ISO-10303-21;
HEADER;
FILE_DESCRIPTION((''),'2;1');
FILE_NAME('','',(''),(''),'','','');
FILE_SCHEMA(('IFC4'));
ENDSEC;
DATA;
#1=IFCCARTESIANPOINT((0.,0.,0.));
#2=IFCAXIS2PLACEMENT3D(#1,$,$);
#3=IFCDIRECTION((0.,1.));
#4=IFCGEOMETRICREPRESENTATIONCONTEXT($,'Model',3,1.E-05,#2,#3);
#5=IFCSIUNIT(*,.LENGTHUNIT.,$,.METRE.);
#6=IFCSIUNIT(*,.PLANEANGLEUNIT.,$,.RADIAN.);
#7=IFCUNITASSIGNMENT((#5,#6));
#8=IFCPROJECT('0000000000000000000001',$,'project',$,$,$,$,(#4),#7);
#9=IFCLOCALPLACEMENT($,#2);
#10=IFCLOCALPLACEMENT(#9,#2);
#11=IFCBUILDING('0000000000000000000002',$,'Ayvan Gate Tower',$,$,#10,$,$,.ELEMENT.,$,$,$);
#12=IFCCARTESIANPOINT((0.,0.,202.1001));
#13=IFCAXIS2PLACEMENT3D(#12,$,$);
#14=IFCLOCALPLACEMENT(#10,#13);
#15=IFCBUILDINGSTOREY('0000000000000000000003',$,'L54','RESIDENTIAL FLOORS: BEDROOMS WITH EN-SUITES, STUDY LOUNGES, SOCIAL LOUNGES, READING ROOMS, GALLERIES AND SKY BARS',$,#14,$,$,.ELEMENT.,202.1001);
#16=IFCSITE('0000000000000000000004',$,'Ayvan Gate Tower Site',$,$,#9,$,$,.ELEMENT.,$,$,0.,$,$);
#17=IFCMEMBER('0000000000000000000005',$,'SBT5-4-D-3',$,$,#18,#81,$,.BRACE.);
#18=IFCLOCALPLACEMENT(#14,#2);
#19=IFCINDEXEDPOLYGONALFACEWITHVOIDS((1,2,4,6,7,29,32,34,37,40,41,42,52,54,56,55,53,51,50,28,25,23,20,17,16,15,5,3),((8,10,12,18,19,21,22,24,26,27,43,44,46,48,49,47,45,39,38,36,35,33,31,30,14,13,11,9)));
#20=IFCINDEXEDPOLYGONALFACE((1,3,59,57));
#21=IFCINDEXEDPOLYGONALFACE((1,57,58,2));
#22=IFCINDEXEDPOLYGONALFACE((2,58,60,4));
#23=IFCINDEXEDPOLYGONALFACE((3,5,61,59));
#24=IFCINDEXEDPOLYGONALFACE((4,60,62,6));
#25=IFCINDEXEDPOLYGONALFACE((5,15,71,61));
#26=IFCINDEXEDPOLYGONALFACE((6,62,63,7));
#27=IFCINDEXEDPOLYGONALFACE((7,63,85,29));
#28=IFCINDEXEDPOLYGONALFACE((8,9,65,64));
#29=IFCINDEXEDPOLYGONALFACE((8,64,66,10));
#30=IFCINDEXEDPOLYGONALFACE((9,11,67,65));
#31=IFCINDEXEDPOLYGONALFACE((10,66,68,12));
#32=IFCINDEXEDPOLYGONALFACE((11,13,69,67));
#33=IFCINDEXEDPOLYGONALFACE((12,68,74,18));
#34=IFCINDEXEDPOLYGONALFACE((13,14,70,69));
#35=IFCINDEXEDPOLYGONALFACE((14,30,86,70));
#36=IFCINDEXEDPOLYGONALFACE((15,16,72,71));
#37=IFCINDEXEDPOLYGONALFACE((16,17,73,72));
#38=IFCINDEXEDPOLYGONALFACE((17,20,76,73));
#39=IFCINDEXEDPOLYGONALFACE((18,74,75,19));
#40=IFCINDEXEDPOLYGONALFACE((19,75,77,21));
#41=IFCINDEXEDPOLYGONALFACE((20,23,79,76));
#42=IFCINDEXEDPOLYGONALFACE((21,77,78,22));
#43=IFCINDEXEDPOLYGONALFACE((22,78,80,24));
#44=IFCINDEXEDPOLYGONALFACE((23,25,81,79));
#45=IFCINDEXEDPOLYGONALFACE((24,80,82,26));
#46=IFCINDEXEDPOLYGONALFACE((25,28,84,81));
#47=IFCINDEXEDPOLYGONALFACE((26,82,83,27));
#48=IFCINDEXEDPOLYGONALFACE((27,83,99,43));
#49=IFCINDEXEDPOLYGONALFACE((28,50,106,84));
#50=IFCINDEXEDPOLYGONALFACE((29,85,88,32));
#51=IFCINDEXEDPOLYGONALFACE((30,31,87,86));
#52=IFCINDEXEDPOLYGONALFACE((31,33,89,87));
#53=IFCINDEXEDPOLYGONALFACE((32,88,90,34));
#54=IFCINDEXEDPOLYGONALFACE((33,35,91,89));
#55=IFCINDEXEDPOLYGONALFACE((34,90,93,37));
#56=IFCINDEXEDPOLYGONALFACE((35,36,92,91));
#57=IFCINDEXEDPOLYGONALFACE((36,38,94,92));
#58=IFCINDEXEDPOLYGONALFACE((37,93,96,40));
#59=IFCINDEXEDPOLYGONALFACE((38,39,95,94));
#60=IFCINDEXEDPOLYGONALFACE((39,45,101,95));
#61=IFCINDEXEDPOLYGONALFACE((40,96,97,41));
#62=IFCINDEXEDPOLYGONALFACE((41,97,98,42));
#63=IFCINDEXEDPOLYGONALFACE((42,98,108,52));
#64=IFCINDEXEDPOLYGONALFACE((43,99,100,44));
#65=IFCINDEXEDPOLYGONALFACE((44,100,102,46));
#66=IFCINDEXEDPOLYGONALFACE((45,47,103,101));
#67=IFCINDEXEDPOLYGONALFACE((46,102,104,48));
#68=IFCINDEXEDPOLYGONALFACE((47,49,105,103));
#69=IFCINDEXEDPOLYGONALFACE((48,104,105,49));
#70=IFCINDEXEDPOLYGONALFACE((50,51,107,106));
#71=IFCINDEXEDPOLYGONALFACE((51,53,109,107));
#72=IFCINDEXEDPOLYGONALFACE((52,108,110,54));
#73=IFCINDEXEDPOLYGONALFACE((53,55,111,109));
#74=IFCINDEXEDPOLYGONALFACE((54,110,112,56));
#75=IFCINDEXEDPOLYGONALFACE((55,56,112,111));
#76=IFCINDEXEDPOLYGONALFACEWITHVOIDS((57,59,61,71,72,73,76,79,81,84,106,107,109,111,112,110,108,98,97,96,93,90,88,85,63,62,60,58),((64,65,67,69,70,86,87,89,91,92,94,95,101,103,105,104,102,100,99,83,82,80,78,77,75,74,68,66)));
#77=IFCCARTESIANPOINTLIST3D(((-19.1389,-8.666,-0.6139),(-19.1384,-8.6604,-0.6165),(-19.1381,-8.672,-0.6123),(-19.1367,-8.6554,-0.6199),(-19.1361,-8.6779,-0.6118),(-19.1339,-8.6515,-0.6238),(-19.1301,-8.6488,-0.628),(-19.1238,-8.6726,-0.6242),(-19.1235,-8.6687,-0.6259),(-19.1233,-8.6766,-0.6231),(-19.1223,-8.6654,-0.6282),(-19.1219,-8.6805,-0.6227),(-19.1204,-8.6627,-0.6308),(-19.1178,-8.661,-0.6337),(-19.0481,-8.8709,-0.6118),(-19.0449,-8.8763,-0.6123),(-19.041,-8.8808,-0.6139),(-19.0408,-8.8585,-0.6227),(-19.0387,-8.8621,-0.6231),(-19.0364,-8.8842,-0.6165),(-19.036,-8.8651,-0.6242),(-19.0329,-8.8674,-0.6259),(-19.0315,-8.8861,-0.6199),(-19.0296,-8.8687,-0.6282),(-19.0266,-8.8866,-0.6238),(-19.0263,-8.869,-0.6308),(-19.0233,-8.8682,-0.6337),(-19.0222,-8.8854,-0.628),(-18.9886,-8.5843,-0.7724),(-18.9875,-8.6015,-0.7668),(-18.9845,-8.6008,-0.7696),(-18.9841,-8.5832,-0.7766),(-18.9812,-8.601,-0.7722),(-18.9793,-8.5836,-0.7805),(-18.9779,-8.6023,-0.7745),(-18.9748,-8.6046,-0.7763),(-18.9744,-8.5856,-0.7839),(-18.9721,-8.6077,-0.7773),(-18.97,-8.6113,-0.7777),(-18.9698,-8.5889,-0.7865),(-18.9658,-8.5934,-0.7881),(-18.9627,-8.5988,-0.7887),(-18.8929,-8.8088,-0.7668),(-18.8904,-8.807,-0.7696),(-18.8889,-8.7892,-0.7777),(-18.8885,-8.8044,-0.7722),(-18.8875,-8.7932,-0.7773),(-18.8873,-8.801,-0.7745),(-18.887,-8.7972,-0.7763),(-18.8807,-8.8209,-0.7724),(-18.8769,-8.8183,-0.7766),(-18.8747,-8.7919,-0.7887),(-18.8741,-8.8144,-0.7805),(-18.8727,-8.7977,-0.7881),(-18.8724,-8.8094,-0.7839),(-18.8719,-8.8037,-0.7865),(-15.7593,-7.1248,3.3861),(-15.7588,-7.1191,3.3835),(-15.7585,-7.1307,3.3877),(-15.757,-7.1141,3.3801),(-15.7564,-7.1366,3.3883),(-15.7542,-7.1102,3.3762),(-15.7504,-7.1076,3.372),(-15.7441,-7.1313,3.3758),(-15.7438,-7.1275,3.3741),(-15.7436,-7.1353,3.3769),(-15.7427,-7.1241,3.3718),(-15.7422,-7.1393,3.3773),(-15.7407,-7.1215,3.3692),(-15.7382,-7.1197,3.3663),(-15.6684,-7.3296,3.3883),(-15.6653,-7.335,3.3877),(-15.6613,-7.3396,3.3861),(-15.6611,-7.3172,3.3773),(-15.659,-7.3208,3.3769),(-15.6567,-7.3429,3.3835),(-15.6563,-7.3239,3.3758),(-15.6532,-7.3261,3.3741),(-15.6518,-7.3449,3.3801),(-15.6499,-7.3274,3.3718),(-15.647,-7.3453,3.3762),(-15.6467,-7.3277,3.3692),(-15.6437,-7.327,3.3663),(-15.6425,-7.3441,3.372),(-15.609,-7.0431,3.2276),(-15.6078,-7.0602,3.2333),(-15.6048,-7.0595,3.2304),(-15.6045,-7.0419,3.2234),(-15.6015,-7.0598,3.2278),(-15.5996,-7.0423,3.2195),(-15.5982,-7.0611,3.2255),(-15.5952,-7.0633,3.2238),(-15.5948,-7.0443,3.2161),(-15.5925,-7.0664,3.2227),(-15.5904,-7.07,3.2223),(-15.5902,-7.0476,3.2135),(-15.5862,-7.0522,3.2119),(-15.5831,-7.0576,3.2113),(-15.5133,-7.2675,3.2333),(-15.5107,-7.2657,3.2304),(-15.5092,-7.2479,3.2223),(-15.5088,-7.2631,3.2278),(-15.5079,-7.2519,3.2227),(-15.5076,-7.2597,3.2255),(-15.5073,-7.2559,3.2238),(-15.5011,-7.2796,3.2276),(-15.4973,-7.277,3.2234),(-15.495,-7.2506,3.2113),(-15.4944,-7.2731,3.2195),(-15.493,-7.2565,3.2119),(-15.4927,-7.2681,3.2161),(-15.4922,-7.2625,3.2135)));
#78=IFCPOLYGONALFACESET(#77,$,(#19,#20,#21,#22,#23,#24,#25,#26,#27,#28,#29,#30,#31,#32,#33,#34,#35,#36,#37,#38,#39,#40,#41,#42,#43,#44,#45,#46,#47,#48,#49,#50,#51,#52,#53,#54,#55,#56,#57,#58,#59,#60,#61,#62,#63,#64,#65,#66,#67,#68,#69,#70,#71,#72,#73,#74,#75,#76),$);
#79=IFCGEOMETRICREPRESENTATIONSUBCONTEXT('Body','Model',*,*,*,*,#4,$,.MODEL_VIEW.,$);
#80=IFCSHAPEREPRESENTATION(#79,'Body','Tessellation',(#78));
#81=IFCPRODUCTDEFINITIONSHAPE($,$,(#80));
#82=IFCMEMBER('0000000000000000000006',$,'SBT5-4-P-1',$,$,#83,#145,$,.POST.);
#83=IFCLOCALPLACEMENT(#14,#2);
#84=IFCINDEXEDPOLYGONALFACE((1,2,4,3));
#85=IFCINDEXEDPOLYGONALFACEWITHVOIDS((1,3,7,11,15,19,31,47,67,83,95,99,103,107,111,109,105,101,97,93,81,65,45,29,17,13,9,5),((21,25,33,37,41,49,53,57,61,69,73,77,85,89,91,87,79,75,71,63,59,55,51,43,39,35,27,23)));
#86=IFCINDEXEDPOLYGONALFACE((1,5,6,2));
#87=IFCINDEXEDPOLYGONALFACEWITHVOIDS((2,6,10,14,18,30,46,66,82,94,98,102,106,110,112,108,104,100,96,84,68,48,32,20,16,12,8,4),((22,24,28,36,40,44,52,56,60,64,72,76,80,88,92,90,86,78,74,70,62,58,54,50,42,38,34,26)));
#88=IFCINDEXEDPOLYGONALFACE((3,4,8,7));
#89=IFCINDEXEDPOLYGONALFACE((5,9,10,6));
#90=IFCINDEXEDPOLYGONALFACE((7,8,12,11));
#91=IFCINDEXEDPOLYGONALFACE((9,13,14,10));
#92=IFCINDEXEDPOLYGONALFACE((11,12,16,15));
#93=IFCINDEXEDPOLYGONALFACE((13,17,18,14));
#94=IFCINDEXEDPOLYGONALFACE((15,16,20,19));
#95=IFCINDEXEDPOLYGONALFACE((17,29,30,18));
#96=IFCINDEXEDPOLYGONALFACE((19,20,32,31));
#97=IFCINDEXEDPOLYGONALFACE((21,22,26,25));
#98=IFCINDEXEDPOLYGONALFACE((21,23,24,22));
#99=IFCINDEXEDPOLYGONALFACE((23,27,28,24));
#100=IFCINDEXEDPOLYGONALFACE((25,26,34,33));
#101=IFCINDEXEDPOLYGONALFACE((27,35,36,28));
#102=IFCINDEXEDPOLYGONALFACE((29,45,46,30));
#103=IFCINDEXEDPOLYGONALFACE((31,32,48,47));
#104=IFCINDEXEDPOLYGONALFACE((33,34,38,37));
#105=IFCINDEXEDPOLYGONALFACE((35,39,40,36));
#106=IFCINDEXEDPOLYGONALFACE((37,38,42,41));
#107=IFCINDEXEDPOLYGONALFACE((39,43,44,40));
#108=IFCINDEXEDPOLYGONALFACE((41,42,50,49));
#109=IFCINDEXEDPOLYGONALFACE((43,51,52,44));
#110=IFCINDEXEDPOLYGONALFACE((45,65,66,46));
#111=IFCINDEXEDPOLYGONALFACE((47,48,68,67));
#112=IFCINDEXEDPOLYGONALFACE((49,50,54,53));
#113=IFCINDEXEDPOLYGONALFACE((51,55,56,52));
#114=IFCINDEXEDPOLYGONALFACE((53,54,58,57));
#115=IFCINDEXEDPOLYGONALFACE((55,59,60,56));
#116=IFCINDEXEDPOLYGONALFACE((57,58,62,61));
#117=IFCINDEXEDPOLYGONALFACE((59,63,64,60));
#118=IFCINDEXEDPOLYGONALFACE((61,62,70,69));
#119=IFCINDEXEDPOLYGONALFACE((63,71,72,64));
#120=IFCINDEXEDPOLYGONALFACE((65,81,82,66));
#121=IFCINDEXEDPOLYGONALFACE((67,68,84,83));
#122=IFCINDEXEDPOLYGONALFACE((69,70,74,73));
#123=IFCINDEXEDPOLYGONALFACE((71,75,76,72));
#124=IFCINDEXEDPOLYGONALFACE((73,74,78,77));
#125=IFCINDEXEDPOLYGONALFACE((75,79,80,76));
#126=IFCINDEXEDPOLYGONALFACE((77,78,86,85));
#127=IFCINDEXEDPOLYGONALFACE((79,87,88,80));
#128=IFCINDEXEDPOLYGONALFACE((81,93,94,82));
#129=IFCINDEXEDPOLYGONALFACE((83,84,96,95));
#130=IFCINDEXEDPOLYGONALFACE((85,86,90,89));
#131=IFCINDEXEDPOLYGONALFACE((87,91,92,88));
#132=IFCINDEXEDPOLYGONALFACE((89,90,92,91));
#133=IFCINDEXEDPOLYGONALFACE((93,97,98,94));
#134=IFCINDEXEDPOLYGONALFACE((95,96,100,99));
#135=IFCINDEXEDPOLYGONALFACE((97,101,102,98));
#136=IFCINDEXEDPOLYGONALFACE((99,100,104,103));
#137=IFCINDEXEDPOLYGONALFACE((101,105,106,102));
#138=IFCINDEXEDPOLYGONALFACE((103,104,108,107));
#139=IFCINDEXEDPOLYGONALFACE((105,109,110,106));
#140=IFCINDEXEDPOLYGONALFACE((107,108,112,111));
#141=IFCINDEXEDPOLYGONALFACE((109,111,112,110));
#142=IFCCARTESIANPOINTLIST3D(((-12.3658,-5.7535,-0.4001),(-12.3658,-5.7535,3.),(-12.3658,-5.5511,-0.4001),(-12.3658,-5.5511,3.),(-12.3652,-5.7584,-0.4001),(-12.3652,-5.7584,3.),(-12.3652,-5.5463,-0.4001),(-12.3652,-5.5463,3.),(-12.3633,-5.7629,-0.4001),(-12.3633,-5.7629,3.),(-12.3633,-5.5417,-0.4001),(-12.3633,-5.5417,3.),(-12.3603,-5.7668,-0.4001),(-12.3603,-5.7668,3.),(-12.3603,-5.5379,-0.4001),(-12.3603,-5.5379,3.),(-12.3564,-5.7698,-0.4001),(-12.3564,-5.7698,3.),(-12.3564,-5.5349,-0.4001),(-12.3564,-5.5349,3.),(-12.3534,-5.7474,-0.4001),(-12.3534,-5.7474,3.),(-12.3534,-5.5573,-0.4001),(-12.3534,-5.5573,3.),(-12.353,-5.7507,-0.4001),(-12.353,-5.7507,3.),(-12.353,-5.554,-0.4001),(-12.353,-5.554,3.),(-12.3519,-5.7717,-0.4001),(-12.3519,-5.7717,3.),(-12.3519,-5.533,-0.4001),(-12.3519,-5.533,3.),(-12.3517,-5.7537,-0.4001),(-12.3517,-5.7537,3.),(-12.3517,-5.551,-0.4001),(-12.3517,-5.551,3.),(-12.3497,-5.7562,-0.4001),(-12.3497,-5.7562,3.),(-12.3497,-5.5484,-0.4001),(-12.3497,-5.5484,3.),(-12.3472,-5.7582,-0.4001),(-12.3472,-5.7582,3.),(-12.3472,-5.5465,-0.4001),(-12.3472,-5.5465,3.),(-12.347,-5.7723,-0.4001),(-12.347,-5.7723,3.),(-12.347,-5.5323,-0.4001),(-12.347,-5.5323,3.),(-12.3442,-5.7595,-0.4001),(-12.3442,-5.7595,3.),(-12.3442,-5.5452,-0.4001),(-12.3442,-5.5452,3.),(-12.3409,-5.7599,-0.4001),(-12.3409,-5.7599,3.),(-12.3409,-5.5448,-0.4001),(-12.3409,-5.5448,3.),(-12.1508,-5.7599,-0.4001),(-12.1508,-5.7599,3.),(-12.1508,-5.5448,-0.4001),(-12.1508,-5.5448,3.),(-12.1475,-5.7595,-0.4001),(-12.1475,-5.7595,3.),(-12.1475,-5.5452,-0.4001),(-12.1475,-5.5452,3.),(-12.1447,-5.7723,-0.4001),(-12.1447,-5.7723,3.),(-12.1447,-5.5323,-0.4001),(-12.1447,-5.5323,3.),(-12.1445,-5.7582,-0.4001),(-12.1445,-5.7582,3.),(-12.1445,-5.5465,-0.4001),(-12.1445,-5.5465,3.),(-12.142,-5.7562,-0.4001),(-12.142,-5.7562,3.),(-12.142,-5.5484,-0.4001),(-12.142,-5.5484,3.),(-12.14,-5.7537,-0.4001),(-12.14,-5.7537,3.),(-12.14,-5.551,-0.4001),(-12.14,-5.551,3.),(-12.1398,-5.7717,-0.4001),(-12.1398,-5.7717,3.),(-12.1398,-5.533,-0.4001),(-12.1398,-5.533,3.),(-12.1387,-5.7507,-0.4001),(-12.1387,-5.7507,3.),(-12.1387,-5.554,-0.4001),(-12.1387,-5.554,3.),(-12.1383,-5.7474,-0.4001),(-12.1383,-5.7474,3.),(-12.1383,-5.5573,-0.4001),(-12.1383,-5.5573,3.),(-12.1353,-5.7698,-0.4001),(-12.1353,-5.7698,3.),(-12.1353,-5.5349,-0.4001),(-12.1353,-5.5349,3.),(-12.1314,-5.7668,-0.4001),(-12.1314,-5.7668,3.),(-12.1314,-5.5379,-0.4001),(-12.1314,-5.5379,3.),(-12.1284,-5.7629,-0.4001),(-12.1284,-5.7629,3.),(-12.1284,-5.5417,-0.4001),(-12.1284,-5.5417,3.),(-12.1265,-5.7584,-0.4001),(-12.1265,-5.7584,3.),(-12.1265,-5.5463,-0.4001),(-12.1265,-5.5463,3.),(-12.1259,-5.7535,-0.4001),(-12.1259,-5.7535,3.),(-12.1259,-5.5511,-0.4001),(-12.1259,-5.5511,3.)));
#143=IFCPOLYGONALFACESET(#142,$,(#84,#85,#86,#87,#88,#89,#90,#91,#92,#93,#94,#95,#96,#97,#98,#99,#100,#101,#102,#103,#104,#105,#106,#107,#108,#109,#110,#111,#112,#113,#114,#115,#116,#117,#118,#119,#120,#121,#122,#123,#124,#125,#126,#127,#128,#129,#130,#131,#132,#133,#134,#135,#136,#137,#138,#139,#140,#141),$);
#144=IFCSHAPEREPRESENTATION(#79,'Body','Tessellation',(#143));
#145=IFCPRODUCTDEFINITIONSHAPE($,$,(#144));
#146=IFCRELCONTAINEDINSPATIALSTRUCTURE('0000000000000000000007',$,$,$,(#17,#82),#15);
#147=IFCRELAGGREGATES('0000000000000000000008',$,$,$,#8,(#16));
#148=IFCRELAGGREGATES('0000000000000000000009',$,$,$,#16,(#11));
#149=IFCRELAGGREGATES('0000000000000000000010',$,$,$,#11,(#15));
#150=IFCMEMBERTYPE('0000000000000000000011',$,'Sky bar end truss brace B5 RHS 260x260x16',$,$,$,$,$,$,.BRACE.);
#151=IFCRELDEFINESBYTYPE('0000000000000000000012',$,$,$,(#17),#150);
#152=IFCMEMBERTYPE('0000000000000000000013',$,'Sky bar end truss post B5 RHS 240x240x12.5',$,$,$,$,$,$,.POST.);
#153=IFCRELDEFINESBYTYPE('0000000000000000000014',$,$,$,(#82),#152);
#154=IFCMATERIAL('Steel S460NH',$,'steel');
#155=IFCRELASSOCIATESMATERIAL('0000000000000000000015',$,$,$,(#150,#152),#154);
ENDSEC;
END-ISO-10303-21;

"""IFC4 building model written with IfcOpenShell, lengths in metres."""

from ifc_helpers import new_model, si_unit, direction, frame, origin, origin_2d, place, context, subcontext, project, spatial, hollow_rectangle, extrude, material, material_profile, profile_set, type_object, element, save


model = new_model("IFC4")

# Units and contexts
model_context = context("Model", 3, precision=1e-05, world=origin(), true_north=direction((0.0, 1.0)))
body_context = subcontext(model_context, "Body", "Model", "MODEL_VIEW")
ifc_project = project(units=[si_unit("LENGTHUNIT", "METRE"), si_unit("PLANEANGLEUNIT", "RADIAN")], contexts=[model_context])

# Site, building, storey
site_placement = place(None, origin())
site = spatial("IfcSite", under=ifc_project, at=site_placement, Name="Ayvan Gate Tower Site", CompositionType="ELEMENT", RefElevation=0.0)
building_placement = place(site_placement, origin())
building = spatial("IfcBuilding", under=site, at=building_placement, Name="Ayvan Gate Tower", CompositionType="ELEMENT")
storey_placement = place(building_placement, frame((0.0, 0.0, 202.1001)))
storey = spatial("IfcBuildingStorey", under=building, at=storey_placement, Name="L54", Description="RESIDENTIAL FLOORS: BEDROOMS WITH EN-SUITES, STUDY LOUNGES, SOCIAL LOUNGES, READING ROOMS, GALLERIES AND SKY BARS", CompositionType="ELEMENT", Elevation=202.1001)

# Members
ifc_material_1 = material(Name="Steel S460NH", Category="steel")
ifc_material_profile_1 = material_profile(ifc_material_1, hollow_rectangle(XDim=0.26, YDim=0.26, WallThickness=0.0161, InnerFilletRadius=0.0161, OuterFilletRadius=0.0239, at=origin_2d()), Name="RHS 260x260x16")
ifc_profile_set_1 = profile_set([ifc_material_profile_1], Name="Steel S460NH")
member_type_1 = type_object("IfcMemberType", Name="Sky bar end truss brace B5 RHS 260x260x16", PredefinedType="BRACE", material=ifc_profile_set_1)
member_1_placement = place(storey_placement, frame((-15.6257, -7.1936, 3.2998), z_axis=(-0.619129, -0.282349, -0.732775), x_axis=(0.414932, -0.909853, 0.0)))
element("IfcMember", 1, at=member_1_placement, inside=storey, type_object=member_type_1, Name="SBT5-4-D-3", PredefinedType="BRACE", context=body_context, shape_type="SweptSolid", body=[
    extrude(hollow_rectangle(XDim=0.26, YDim=0.26, WallThickness=0.0161, InnerFilletRadius=0.0161, OuterFilletRadius=0.0239, at=origin_2d()), origin(), (0.0, 0.0, 1.0), 5.4587),
])
ifc_material_profile_2 = material_profile(ifc_material_1, hollow_rectangle(XDim=0.24, YDim=0.24, WallThickness=0.0125, InnerFilletRadius=0.0125, OuterFilletRadius=0.0188, at=origin_2d()), Name="RHS 240x240x12.5")
ifc_profile_set_2 = profile_set([ifc_material_profile_2], Name="Steel S460NH")
member_type_2 = type_object("IfcMemberType", Name="Sky bar end truss post B5 RHS 240x240x12.5", PredefinedType="POST", material=ifc_profile_set_2)
for number, where, z_axis, x_axis, name in (
    (2, (-12.2458, -5.6523, -0.4001), (0.0, 0.0, 1.0), (1.0, 0.0, 0.0), "SBT5-4-P-1"),
):
    element("IfcMember", number, at=place(storey_placement, frame(where, z_axis=z_axis, x_axis=x_axis)), inside=storey, type_object=member_type_2, Name=name, PredefinedType="POST", context=body_context, shape_type="SweptSolid", body=[
        extrude(hollow_rectangle(XDim=0.24, YDim=0.24, WallThickness=0.0125, InnerFilletRadius=0.0125, OuterFilletRadius=0.0188, at=origin_2d()), origin(), (0.0, 0.0, 1.0), 3.4001),
    ])

save(model, "model.ifc")
